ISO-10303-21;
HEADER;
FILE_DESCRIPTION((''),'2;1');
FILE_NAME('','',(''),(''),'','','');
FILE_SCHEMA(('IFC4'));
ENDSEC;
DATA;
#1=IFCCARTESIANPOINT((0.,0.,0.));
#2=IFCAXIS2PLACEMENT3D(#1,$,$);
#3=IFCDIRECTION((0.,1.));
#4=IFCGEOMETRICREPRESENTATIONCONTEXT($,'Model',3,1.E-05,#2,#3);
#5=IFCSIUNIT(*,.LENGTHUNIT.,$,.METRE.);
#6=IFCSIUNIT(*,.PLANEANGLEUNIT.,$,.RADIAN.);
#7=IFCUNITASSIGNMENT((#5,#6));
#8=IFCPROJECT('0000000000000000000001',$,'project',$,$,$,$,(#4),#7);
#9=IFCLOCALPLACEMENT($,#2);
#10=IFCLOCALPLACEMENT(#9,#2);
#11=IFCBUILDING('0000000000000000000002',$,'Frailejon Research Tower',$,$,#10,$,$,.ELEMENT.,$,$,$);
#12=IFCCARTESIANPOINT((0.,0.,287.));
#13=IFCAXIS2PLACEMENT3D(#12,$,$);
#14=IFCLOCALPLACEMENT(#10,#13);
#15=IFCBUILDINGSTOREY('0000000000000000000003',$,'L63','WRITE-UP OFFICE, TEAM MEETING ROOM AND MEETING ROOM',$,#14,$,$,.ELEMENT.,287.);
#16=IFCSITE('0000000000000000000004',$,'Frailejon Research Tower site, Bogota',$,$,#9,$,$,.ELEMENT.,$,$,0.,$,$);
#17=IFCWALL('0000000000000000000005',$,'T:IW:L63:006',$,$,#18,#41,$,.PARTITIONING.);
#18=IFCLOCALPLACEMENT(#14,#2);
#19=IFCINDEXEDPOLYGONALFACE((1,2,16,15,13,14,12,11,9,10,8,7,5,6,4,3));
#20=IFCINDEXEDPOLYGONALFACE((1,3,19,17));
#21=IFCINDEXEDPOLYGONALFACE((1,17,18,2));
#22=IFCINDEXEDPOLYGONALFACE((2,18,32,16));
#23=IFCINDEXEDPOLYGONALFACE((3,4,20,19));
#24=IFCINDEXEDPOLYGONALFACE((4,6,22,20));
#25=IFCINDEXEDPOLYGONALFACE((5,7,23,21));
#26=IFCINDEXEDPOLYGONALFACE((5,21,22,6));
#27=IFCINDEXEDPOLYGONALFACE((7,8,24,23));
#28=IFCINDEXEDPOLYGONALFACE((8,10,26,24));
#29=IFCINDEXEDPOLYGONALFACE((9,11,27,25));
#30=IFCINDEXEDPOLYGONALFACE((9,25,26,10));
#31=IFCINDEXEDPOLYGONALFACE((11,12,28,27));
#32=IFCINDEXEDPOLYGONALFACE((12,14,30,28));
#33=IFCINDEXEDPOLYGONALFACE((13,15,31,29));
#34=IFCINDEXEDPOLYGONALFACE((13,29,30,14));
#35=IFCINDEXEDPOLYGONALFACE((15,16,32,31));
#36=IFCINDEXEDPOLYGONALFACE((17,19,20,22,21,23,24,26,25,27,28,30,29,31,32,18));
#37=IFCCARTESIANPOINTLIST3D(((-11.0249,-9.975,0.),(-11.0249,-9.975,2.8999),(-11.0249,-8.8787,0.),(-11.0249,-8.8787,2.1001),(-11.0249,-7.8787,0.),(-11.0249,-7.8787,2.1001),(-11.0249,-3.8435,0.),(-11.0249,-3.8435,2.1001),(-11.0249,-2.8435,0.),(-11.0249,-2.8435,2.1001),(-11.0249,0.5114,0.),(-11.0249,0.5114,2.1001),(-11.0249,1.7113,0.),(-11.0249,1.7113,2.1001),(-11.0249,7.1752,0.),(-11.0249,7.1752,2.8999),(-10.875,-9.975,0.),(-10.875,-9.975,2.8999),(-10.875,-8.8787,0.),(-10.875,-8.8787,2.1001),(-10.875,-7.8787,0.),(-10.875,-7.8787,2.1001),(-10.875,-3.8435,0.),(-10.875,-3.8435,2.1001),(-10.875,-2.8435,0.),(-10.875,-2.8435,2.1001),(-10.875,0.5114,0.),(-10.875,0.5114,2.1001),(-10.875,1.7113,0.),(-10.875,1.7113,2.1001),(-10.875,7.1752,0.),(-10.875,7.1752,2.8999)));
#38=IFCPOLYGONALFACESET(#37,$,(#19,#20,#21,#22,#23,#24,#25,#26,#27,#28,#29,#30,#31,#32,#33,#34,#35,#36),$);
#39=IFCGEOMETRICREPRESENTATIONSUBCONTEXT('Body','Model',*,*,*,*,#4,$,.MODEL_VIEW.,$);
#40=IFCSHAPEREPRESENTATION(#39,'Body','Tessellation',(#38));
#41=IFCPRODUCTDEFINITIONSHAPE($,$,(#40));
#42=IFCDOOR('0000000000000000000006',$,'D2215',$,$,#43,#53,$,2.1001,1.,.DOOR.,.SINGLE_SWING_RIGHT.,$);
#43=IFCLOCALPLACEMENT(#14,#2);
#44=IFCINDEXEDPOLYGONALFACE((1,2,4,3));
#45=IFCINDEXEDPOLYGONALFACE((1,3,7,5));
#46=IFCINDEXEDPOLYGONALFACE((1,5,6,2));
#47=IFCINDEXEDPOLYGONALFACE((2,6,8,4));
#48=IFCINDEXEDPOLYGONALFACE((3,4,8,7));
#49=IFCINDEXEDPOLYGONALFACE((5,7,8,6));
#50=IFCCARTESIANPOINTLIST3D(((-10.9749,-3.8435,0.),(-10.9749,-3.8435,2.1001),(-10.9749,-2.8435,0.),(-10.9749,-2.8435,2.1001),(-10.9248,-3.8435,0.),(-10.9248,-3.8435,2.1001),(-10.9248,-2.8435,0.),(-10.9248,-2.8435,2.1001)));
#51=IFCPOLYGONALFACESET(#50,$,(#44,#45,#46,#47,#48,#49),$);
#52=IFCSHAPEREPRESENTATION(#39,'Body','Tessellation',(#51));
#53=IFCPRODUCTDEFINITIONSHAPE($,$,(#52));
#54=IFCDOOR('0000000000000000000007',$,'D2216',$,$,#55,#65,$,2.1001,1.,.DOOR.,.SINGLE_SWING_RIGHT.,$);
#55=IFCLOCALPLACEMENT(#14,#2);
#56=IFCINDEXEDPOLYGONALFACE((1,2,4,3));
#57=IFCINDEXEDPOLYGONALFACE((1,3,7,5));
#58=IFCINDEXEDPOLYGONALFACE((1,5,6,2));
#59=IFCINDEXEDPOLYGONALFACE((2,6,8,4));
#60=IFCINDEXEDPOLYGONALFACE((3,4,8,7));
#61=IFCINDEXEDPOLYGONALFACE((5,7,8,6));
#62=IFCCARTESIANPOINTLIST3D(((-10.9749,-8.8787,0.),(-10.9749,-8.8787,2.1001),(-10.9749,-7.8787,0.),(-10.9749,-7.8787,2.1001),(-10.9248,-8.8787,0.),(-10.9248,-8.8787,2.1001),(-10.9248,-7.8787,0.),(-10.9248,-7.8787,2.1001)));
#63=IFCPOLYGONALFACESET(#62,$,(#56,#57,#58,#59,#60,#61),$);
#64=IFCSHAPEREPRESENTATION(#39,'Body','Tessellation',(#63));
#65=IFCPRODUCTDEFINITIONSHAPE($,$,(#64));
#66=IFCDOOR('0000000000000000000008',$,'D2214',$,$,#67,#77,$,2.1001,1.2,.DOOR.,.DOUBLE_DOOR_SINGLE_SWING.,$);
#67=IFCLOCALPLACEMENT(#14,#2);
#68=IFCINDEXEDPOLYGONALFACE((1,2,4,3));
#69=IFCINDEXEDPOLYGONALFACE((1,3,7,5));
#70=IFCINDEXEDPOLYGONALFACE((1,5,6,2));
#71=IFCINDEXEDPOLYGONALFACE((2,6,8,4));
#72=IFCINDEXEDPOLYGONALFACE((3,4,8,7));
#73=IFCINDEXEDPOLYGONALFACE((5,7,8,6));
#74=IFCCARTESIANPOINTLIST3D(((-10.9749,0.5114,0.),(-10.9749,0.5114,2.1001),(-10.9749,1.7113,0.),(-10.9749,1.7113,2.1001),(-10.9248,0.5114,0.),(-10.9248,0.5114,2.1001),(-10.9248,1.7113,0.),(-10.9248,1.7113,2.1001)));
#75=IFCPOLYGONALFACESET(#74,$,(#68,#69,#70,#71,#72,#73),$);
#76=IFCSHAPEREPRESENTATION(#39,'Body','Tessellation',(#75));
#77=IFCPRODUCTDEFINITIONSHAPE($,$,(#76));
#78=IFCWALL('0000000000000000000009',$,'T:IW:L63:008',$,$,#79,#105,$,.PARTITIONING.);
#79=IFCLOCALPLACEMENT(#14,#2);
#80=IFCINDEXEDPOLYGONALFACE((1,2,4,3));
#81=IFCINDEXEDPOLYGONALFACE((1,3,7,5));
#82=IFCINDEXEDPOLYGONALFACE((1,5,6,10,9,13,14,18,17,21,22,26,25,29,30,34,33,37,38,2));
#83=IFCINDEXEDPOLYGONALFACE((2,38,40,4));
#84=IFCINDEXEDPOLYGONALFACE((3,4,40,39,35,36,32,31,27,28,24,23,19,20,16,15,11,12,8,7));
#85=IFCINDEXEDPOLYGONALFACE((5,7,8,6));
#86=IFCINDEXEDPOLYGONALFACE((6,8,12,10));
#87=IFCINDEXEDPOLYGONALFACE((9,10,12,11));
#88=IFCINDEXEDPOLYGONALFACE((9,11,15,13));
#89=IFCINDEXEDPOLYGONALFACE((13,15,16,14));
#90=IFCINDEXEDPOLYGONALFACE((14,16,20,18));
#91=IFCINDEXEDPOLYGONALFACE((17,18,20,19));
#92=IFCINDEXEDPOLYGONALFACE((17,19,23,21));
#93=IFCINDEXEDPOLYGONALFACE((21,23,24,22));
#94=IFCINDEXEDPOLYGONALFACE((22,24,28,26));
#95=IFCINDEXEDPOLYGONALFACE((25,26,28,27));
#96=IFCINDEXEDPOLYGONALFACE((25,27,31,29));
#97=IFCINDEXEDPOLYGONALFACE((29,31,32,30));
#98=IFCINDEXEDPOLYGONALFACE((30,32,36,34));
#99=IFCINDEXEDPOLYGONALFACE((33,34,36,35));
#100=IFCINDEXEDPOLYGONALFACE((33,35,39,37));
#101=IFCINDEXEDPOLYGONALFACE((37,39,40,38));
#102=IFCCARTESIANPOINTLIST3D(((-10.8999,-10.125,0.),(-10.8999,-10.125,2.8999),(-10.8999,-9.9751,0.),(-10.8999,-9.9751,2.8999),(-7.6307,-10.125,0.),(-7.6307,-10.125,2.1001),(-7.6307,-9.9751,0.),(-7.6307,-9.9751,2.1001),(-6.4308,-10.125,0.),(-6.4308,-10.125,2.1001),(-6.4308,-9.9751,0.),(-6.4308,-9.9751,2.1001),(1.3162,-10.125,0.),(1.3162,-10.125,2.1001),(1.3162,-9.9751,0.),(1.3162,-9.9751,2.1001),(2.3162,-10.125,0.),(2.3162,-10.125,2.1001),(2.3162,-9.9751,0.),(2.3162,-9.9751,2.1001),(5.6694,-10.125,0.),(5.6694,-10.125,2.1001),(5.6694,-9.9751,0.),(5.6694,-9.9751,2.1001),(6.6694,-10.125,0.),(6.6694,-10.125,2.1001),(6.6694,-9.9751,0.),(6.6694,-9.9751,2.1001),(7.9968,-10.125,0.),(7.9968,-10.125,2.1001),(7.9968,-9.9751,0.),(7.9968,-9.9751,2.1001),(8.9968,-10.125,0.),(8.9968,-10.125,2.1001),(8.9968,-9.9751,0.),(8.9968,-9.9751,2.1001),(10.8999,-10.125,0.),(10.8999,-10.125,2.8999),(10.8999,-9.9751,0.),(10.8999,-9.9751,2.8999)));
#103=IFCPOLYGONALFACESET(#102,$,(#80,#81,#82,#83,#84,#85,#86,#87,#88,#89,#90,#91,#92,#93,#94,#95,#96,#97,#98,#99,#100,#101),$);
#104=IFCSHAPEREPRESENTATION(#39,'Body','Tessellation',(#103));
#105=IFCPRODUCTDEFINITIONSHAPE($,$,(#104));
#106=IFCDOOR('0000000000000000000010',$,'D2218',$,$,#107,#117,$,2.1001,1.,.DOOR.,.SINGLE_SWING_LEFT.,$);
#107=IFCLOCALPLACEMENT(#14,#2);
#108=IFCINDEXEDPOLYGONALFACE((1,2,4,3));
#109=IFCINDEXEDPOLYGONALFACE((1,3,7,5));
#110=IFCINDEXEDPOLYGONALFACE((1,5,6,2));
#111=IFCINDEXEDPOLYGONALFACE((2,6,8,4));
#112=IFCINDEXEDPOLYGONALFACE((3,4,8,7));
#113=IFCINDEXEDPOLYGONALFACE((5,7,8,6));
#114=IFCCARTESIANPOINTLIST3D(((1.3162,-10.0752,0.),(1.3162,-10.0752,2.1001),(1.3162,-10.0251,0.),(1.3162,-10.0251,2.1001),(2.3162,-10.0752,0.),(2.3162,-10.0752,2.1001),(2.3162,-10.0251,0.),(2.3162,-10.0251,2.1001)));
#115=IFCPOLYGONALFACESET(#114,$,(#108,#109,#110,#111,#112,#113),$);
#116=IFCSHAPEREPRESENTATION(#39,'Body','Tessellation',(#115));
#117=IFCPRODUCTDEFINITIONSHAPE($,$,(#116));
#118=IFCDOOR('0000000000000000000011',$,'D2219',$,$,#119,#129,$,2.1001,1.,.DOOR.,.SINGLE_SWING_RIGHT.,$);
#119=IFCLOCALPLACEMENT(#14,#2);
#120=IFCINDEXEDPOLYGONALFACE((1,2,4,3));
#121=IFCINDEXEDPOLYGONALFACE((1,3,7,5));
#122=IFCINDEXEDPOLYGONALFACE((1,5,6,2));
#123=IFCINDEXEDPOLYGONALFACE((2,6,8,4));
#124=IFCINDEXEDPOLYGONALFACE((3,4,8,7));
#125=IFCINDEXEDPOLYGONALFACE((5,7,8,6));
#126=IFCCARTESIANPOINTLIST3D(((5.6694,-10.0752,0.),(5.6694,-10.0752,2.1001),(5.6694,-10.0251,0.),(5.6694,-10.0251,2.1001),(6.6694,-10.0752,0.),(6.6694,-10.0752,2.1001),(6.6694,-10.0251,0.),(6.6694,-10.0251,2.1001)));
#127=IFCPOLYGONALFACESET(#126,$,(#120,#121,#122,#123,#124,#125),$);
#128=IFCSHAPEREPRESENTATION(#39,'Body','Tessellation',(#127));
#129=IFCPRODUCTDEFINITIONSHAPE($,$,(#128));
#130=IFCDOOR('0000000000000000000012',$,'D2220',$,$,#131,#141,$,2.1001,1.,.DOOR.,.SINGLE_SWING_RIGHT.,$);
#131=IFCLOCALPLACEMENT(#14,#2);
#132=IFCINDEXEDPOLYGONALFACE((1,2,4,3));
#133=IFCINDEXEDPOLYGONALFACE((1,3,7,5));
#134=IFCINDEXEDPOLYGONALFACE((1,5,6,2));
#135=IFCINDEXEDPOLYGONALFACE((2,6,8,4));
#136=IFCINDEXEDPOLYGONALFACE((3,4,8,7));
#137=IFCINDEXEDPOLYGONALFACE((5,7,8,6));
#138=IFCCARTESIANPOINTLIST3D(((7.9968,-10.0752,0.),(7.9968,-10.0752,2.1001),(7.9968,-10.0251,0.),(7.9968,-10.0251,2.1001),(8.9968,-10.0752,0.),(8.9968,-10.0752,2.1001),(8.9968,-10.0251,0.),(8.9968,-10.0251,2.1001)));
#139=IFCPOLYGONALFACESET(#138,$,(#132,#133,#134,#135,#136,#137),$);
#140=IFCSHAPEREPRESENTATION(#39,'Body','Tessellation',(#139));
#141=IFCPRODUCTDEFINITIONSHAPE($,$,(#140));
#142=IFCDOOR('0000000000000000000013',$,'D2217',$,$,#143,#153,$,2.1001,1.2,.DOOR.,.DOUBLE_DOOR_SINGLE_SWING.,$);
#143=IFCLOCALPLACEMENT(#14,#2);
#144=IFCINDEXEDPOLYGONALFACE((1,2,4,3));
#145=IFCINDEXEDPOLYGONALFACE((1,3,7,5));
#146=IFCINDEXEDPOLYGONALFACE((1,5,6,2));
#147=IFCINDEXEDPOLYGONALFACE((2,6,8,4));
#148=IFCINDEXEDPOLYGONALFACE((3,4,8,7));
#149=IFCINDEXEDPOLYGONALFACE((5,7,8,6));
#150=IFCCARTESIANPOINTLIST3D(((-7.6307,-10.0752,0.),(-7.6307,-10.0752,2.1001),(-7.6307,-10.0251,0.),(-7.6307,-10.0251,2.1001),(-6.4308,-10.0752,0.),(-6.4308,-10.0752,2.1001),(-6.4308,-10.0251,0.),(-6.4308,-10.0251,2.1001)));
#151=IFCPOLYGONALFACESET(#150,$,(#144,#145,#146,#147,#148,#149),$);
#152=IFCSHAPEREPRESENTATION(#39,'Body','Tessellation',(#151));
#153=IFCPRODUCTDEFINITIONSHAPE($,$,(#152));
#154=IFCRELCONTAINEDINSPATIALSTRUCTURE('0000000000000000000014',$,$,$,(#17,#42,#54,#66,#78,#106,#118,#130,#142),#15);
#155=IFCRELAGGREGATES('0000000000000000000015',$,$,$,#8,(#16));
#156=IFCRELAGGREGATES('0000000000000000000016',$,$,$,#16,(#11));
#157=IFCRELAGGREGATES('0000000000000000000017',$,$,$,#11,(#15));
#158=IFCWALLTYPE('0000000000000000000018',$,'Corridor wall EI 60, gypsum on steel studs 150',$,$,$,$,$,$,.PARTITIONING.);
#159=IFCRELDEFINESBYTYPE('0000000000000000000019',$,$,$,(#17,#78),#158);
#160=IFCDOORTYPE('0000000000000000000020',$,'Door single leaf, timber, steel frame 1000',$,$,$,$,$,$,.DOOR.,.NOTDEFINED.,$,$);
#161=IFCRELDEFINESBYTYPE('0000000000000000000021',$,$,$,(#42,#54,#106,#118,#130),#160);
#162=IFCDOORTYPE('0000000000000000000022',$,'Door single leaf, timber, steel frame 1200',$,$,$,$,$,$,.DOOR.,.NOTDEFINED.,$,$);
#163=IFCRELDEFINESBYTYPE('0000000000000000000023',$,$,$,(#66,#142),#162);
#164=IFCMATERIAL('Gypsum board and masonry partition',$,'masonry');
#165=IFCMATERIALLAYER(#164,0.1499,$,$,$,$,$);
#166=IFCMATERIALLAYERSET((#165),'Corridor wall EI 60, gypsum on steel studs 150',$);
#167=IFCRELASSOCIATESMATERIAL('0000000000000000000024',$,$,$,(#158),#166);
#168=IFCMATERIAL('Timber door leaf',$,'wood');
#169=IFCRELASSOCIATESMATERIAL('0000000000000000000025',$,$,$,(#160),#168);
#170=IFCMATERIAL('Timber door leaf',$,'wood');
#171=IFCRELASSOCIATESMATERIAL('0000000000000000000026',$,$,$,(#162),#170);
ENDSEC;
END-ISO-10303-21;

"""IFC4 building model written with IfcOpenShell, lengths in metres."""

from ifc_helpers import new_model, si_unit, direction, frame, frame_2d, origin, place, context, subcontext, project, spatial, rectangle, extrude, material, layer, layer_set, type_object, element, fill, save


model = new_model("IFC4")

# Units and contexts
model_context = context("Model", 3, precision=1e-05, world=origin(), true_north=direction((0.0, 1.0)))
body_context = subcontext(model_context, "Body", "Model", "MODEL_VIEW")
ifc_project = project(units=[si_unit("LENGTHUNIT", "METRE"), si_unit("PLANEANGLEUNIT", "RADIAN")], contexts=[model_context])

# Site, building, storey
site_placement = place(None, origin())
site = spatial("IfcSite", under=ifc_project, at=site_placement, Name="Frailejon Research Tower site, Bogota", CompositionType="ELEMENT", RefElevation=0.0)
building_placement = place(site_placement, origin())
building = spatial("IfcBuilding", under=site, at=building_placement, Name="Frailejon Research Tower", CompositionType="ELEMENT")
storey_placement = place(building_placement, frame((0.0, 0.0, 287.0)))
storey = spatial("IfcBuildingStorey", under=building, at=storey_placement, Name="L63", Description="WRITE-UP OFFICE, TEAM MEETING ROOM AND MEETING ROOM", CompositionType="ELEMENT", Elevation=287.0)

# Walls, openings, doors
ifc_material_1 = material(Name="Gypsum board and masonry partition", Category="masonry")
ifc_layer_1 = layer(ifc_material_1, 0.1499)
ifc_layer_set_1 = layer_set([ifc_layer_1], Name="Corridor wall EI 60, gypsum on steel studs 150")
wall_type_1 = type_object("IfcWallType", Name="Corridor wall EI 60, gypsum on steel studs 150", PredefinedType="PARTITIONING", material=ifc_layer_set_1)
wall_1_placement = place(storey_placement, frame((-10.95, -9.9751, 0.0), z_axis=(0.0, 0.0, 1.0), x_axis=(0.0, 1.0, 0.0)))
wall_1 = element("IfcWall", 1, at=wall_1_placement, inside=storey, type_object=wall_type_1, Name="T:IW:L63:006", PredefinedType="PARTITIONING", context=body_context, shape_type="SweptSolid", body=[
    extrude(rectangle(XDim=17.1501, YDim=0.1499, at=frame_2d((8.5752, 0.0))), origin(), (0.0, 0.0, 1.0), 2.8999),
])
opening_1_placement = place(wall_1_placement, frame((10.4863, 0.0, 0.0)))
opening_1 = element("IfcOpeningElement", 2, at=opening_1_placement, cuts=wall_1, PredefinedType="OPENING", context=body_context, shape_type="SweptSolid", body=[
    extrude(rectangle(XDim=1.2, YDim=2.1001, at=frame_2d((0.6001, 1.05))), frame((0.0, 0.085, 0.0), z_axis=(0.0, -1.0, 0.0), x_axis=(1.0, 0.0, 0.0)), (0.0, 0.0, 1.0), 0.1699),
])
opening_2_placement = place(wall_1_placement, frame((6.1316, 0.0, 0.0)))
opening_2 = element("IfcOpeningElement", 3, at=opening_2_placement, cuts=wall_1, PredefinedType="OPENING", context=body_context, shape_type="SweptSolid", body=[
    extrude(rectangle(XDim=1.0, YDim=2.1001, at=frame_2d((0.5, 1.05))), frame((0.0, 0.085, 0.0), z_axis=(0.0, -1.0, 0.0), x_axis=(1.0, 0.0, 0.0)), (0.0, 0.0, 1.0), 0.1699),
])
opening_3_placement = place(wall_1_placement, frame((1.0964, 0.0, 0.0)))
opening_3 = element("IfcOpeningElement", 4, at=opening_3_placement, cuts=wall_1, PredefinedType="OPENING", context=body_context, shape_type="SweptSolid", body=[
    extrude(rectangle(XDim=1.0, YDim=2.1001, at=frame_2d((0.5, 1.05))), frame((0.0, 0.085, 0.0), z_axis=(0.0, -1.0, 0.0), x_axis=(1.0, 0.0, 0.0)), (0.0, 0.0, 1.0), 0.1699),
])
ifc_material_2 = material(Name="Timber door leaf", Category="wood")
door_type_1 = type_object("IfcDoorType", Name="Door single leaf, timber, steel frame 1000", OperationType="NOTDEFINED", PredefinedType="DOOR", material=ifc_material_2)
door_1_placement = place(opening_2_placement, origin())
door_1 = element("IfcDoor", 5, at=door_1_placement, inside=storey, type_object=door_type_1, Name="D2215", OperationType="SINGLE_SWING_RIGHT", OverallHeight=2.1001, OverallWidth=1.0, PredefinedType="DOOR", context=body_context, shape_type="SweptSolid", body=[
    extrude(rectangle(XDim=1.0, YDim=2.1001, at=frame_2d((0.5, 1.05))), frame((0.0, 0.0249, 0.0), z_axis=(0.0, -1.0, 0.0), x_axis=(1.0, 0.0, 0.0)), (0.0, 0.0, 1.0), 0.05),
])
fill(opening_2, door_1)
door_2_placement = place(opening_3_placement, origin())
door_2 = element("IfcDoor", 6, at=door_2_placement, inside=storey, type_object=door_type_1, Name="D2216", OperationType="SINGLE_SWING_RIGHT", OverallHeight=2.1001, OverallWidth=1.0, PredefinedType="DOOR", context=body_context, shape_type="SweptSolid", body=[
    extrude(rectangle(XDim=1.0, YDim=2.1001, at=frame_2d((0.5, 1.05))), frame((0.0, 0.0249, 0.0), z_axis=(0.0, -1.0, 0.0), x_axis=(1.0, 0.0, 0.0)), (0.0, 0.0, 1.0), 0.05),
])
fill(opening_3, door_2)
ifc_material_3 = material(Name="Timber door leaf", Category="wood")
door_type_2 = type_object("IfcDoorType", Name="Door single leaf, timber, steel frame 1200", OperationType="NOTDEFINED", PredefinedType="DOOR", material=ifc_material_3)
door_3_placement = place(opening_1_placement, origin())
door_3 = element("IfcDoor", 7, at=door_3_placement, inside=storey, type_object=door_type_2, Name="D2214", OperationType="DOUBLE_DOOR_SINGLE_SWING", OverallHeight=2.1001, OverallWidth=1.2, PredefinedType="DOOR", context=body_context, shape_type="SweptSolid", body=[
    extrude(rectangle(XDim=1.2, YDim=2.1001, at=frame_2d((0.6001, 1.05))), frame((0.0, 0.0249, 0.0), z_axis=(0.0, -1.0, 0.0), x_axis=(1.0, 0.0, 0.0)), (0.0, 0.0, 1.0), 0.05),
])
fill(opening_1, door_3)
wall_2_placement = place(storey_placement, frame((-10.8999, -10.05, 0.0), z_axis=(0.0, 0.0, 1.0), x_axis=(1.0, 0.0, 0.0)))
wall_2 = element("IfcWall", 8, at=wall_2_placement, inside=storey, type_object=wall_type_1, Name="T:IW:L63:008", PredefinedType="PARTITIONING", context=body_context, shape_type="SweptSolid", body=[
    extrude(rectangle(XDim=21.7998, YDim=0.1499, at=frame_2d((10.8999, 0.0))), origin(), (0.0, 0.0, 1.0), 2.8999),
])
opening_4_placement = place(wall_2_placement, frame((3.269, 0.0, 0.0)))
opening_4 = element("IfcOpeningElement", 9, at=opening_4_placement, cuts=wall_2, PredefinedType="OPENING", context=body_context, shape_type="SweptSolid", body=[
    extrude(rectangle(XDim=1.2, YDim=2.1001, at=frame_2d((0.6001, 1.05))), frame((0.0, 0.085, 0.0), z_axis=(0.0, -1.0, 0.0), x_axis=(1.0, 0.0, 0.0)), (0.0, 0.0, 1.0), 0.1699),
])
opening_5_placement = place(wall_2_placement, frame((12.2161, 0.0, 0.0)))
opening_5 = element("IfcOpeningElement", 10, at=opening_5_placement, cuts=wall_2, PredefinedType="OPENING", context=body_context, shape_type="SweptSolid", body=[
    extrude(rectangle(XDim=1.0, YDim=2.1001, at=frame_2d((0.5, 1.05))), frame((0.0, 0.085, 0.0), z_axis=(0.0, -1.0, 0.0), x_axis=(1.0, 0.0, 0.0)), (0.0, 0.0, 1.0), 0.1699),
])
opening_6_placement = place(wall_2_placement, frame((16.5693, 0.0, 0.0)))
opening_6 = element("IfcOpeningElement", 11, at=opening_6_placement, cuts=wall_2, PredefinedType="OPENING", context=body_context, shape_type="SweptSolid", body=[
    extrude(rectangle(XDim=1.0, YDim=2.1001, at=frame_2d((0.5, 1.05))), frame((0.0, 0.085, 0.0), z_axis=(0.0, -1.0, 0.0), x_axis=(1.0, 0.0, 0.0)), (0.0, 0.0, 1.0), 0.1699),
])
opening_7_placement = place(wall_2_placement, frame((18.8967, 0.0, 0.0)))
opening_7 = element("IfcOpeningElement", 12, at=opening_7_placement, cuts=wall_2, PredefinedType="OPENING", context=body_context, shape_type="SweptSolid", body=[
    extrude(rectangle(XDim=1.0, YDim=2.1001, at=frame_2d((0.5, 1.05))), frame((0.0, 0.085, 0.0), z_axis=(0.0, -1.0, 0.0), x_axis=(1.0, 0.0, 0.0)), (0.0, 0.0, 1.0), 0.1699),
])
door_4_placement = place(opening_5_placement, origin())
door_4 = element("IfcDoor", 13, at=door_4_placement, inside=storey, type_object=door_type_1, Name="D2218", OperationType="SINGLE_SWING_LEFT", OverallHeight=2.1001, OverallWidth=1.0, PredefinedType="DOOR", context=body_context, shape_type="SweptSolid", body=[
    extrude(rectangle(XDim=1.0, YDim=2.1001, at=frame_2d((0.5, 1.05))), frame((0.0, 0.0249, 0.0), z_axis=(0.0, -1.0, 0.0), x_axis=(1.0, 0.0, 0.0)), (0.0, 0.0, 1.0), 0.05),
])
fill(opening_5, door_4)
door_5_placement = place(opening_6_placement, origin())
door_5 = element("IfcDoor", 14, at=door_5_placement, inside=storey, type_object=door_type_1, Name="D2219", OperationType="SINGLE_SWING_RIGHT", OverallHeight=2.1001, OverallWidth=1.0, PredefinedType="DOOR", context=body_context, shape_type="SweptSolid", body=[
    extrude(rectangle(XDim=1.0, YDim=2.1001, at=frame_2d((0.5, 1.05))), frame((0.0, 0.0249, 0.0), z_axis=(0.0, -1.0, 0.0), x_axis=(1.0, 0.0, 0.0)), (0.0, 0.0, 1.0), 0.05),
])
fill(opening_6, door_5)
door_6_placement = place(opening_7_placement, origin())
door_6 = element("IfcDoor", 15, at=door_6_placement, inside=storey, type_object=door_type_1, Name="D2220", OperationType="SINGLE_SWING_RIGHT", OverallHeight=2.1001, OverallWidth=1.0, PredefinedType="DOOR", context=body_context, shape_type="SweptSolid", body=[
    extrude(rectangle(XDim=1.0, YDim=2.1001, at=frame_2d((0.5, 1.05))), frame((0.0, 0.0249, 0.0), z_axis=(0.0, -1.0, 0.0), x_axis=(1.0, 0.0, 0.0)), (0.0, 0.0, 1.0), 0.05),
])
fill(opening_7, door_6)
door_7_placement = place(opening_4_placement, origin())
door_7 = element("IfcDoor", 16, at=door_7_placement, inside=storey, type_object=door_type_2, Name="D2217", OperationType="DOUBLE_DOOR_SINGLE_SWING", OverallHeight=2.1001, OverallWidth=1.2, PredefinedType="DOOR", context=body_context, shape_type="SweptSolid", body=[
    extrude(rectangle(XDim=1.2, YDim=2.1001, at=frame_2d((0.6001, 1.05))), frame((0.0, 0.0249, 0.0), z_axis=(0.0, -1.0, 0.0), x_axis=(1.0, 0.0, 0.0)), (0.0, 0.0, 1.0), 0.05),
])
fill(opening_4, door_7)

save(model, "model.ifc")
